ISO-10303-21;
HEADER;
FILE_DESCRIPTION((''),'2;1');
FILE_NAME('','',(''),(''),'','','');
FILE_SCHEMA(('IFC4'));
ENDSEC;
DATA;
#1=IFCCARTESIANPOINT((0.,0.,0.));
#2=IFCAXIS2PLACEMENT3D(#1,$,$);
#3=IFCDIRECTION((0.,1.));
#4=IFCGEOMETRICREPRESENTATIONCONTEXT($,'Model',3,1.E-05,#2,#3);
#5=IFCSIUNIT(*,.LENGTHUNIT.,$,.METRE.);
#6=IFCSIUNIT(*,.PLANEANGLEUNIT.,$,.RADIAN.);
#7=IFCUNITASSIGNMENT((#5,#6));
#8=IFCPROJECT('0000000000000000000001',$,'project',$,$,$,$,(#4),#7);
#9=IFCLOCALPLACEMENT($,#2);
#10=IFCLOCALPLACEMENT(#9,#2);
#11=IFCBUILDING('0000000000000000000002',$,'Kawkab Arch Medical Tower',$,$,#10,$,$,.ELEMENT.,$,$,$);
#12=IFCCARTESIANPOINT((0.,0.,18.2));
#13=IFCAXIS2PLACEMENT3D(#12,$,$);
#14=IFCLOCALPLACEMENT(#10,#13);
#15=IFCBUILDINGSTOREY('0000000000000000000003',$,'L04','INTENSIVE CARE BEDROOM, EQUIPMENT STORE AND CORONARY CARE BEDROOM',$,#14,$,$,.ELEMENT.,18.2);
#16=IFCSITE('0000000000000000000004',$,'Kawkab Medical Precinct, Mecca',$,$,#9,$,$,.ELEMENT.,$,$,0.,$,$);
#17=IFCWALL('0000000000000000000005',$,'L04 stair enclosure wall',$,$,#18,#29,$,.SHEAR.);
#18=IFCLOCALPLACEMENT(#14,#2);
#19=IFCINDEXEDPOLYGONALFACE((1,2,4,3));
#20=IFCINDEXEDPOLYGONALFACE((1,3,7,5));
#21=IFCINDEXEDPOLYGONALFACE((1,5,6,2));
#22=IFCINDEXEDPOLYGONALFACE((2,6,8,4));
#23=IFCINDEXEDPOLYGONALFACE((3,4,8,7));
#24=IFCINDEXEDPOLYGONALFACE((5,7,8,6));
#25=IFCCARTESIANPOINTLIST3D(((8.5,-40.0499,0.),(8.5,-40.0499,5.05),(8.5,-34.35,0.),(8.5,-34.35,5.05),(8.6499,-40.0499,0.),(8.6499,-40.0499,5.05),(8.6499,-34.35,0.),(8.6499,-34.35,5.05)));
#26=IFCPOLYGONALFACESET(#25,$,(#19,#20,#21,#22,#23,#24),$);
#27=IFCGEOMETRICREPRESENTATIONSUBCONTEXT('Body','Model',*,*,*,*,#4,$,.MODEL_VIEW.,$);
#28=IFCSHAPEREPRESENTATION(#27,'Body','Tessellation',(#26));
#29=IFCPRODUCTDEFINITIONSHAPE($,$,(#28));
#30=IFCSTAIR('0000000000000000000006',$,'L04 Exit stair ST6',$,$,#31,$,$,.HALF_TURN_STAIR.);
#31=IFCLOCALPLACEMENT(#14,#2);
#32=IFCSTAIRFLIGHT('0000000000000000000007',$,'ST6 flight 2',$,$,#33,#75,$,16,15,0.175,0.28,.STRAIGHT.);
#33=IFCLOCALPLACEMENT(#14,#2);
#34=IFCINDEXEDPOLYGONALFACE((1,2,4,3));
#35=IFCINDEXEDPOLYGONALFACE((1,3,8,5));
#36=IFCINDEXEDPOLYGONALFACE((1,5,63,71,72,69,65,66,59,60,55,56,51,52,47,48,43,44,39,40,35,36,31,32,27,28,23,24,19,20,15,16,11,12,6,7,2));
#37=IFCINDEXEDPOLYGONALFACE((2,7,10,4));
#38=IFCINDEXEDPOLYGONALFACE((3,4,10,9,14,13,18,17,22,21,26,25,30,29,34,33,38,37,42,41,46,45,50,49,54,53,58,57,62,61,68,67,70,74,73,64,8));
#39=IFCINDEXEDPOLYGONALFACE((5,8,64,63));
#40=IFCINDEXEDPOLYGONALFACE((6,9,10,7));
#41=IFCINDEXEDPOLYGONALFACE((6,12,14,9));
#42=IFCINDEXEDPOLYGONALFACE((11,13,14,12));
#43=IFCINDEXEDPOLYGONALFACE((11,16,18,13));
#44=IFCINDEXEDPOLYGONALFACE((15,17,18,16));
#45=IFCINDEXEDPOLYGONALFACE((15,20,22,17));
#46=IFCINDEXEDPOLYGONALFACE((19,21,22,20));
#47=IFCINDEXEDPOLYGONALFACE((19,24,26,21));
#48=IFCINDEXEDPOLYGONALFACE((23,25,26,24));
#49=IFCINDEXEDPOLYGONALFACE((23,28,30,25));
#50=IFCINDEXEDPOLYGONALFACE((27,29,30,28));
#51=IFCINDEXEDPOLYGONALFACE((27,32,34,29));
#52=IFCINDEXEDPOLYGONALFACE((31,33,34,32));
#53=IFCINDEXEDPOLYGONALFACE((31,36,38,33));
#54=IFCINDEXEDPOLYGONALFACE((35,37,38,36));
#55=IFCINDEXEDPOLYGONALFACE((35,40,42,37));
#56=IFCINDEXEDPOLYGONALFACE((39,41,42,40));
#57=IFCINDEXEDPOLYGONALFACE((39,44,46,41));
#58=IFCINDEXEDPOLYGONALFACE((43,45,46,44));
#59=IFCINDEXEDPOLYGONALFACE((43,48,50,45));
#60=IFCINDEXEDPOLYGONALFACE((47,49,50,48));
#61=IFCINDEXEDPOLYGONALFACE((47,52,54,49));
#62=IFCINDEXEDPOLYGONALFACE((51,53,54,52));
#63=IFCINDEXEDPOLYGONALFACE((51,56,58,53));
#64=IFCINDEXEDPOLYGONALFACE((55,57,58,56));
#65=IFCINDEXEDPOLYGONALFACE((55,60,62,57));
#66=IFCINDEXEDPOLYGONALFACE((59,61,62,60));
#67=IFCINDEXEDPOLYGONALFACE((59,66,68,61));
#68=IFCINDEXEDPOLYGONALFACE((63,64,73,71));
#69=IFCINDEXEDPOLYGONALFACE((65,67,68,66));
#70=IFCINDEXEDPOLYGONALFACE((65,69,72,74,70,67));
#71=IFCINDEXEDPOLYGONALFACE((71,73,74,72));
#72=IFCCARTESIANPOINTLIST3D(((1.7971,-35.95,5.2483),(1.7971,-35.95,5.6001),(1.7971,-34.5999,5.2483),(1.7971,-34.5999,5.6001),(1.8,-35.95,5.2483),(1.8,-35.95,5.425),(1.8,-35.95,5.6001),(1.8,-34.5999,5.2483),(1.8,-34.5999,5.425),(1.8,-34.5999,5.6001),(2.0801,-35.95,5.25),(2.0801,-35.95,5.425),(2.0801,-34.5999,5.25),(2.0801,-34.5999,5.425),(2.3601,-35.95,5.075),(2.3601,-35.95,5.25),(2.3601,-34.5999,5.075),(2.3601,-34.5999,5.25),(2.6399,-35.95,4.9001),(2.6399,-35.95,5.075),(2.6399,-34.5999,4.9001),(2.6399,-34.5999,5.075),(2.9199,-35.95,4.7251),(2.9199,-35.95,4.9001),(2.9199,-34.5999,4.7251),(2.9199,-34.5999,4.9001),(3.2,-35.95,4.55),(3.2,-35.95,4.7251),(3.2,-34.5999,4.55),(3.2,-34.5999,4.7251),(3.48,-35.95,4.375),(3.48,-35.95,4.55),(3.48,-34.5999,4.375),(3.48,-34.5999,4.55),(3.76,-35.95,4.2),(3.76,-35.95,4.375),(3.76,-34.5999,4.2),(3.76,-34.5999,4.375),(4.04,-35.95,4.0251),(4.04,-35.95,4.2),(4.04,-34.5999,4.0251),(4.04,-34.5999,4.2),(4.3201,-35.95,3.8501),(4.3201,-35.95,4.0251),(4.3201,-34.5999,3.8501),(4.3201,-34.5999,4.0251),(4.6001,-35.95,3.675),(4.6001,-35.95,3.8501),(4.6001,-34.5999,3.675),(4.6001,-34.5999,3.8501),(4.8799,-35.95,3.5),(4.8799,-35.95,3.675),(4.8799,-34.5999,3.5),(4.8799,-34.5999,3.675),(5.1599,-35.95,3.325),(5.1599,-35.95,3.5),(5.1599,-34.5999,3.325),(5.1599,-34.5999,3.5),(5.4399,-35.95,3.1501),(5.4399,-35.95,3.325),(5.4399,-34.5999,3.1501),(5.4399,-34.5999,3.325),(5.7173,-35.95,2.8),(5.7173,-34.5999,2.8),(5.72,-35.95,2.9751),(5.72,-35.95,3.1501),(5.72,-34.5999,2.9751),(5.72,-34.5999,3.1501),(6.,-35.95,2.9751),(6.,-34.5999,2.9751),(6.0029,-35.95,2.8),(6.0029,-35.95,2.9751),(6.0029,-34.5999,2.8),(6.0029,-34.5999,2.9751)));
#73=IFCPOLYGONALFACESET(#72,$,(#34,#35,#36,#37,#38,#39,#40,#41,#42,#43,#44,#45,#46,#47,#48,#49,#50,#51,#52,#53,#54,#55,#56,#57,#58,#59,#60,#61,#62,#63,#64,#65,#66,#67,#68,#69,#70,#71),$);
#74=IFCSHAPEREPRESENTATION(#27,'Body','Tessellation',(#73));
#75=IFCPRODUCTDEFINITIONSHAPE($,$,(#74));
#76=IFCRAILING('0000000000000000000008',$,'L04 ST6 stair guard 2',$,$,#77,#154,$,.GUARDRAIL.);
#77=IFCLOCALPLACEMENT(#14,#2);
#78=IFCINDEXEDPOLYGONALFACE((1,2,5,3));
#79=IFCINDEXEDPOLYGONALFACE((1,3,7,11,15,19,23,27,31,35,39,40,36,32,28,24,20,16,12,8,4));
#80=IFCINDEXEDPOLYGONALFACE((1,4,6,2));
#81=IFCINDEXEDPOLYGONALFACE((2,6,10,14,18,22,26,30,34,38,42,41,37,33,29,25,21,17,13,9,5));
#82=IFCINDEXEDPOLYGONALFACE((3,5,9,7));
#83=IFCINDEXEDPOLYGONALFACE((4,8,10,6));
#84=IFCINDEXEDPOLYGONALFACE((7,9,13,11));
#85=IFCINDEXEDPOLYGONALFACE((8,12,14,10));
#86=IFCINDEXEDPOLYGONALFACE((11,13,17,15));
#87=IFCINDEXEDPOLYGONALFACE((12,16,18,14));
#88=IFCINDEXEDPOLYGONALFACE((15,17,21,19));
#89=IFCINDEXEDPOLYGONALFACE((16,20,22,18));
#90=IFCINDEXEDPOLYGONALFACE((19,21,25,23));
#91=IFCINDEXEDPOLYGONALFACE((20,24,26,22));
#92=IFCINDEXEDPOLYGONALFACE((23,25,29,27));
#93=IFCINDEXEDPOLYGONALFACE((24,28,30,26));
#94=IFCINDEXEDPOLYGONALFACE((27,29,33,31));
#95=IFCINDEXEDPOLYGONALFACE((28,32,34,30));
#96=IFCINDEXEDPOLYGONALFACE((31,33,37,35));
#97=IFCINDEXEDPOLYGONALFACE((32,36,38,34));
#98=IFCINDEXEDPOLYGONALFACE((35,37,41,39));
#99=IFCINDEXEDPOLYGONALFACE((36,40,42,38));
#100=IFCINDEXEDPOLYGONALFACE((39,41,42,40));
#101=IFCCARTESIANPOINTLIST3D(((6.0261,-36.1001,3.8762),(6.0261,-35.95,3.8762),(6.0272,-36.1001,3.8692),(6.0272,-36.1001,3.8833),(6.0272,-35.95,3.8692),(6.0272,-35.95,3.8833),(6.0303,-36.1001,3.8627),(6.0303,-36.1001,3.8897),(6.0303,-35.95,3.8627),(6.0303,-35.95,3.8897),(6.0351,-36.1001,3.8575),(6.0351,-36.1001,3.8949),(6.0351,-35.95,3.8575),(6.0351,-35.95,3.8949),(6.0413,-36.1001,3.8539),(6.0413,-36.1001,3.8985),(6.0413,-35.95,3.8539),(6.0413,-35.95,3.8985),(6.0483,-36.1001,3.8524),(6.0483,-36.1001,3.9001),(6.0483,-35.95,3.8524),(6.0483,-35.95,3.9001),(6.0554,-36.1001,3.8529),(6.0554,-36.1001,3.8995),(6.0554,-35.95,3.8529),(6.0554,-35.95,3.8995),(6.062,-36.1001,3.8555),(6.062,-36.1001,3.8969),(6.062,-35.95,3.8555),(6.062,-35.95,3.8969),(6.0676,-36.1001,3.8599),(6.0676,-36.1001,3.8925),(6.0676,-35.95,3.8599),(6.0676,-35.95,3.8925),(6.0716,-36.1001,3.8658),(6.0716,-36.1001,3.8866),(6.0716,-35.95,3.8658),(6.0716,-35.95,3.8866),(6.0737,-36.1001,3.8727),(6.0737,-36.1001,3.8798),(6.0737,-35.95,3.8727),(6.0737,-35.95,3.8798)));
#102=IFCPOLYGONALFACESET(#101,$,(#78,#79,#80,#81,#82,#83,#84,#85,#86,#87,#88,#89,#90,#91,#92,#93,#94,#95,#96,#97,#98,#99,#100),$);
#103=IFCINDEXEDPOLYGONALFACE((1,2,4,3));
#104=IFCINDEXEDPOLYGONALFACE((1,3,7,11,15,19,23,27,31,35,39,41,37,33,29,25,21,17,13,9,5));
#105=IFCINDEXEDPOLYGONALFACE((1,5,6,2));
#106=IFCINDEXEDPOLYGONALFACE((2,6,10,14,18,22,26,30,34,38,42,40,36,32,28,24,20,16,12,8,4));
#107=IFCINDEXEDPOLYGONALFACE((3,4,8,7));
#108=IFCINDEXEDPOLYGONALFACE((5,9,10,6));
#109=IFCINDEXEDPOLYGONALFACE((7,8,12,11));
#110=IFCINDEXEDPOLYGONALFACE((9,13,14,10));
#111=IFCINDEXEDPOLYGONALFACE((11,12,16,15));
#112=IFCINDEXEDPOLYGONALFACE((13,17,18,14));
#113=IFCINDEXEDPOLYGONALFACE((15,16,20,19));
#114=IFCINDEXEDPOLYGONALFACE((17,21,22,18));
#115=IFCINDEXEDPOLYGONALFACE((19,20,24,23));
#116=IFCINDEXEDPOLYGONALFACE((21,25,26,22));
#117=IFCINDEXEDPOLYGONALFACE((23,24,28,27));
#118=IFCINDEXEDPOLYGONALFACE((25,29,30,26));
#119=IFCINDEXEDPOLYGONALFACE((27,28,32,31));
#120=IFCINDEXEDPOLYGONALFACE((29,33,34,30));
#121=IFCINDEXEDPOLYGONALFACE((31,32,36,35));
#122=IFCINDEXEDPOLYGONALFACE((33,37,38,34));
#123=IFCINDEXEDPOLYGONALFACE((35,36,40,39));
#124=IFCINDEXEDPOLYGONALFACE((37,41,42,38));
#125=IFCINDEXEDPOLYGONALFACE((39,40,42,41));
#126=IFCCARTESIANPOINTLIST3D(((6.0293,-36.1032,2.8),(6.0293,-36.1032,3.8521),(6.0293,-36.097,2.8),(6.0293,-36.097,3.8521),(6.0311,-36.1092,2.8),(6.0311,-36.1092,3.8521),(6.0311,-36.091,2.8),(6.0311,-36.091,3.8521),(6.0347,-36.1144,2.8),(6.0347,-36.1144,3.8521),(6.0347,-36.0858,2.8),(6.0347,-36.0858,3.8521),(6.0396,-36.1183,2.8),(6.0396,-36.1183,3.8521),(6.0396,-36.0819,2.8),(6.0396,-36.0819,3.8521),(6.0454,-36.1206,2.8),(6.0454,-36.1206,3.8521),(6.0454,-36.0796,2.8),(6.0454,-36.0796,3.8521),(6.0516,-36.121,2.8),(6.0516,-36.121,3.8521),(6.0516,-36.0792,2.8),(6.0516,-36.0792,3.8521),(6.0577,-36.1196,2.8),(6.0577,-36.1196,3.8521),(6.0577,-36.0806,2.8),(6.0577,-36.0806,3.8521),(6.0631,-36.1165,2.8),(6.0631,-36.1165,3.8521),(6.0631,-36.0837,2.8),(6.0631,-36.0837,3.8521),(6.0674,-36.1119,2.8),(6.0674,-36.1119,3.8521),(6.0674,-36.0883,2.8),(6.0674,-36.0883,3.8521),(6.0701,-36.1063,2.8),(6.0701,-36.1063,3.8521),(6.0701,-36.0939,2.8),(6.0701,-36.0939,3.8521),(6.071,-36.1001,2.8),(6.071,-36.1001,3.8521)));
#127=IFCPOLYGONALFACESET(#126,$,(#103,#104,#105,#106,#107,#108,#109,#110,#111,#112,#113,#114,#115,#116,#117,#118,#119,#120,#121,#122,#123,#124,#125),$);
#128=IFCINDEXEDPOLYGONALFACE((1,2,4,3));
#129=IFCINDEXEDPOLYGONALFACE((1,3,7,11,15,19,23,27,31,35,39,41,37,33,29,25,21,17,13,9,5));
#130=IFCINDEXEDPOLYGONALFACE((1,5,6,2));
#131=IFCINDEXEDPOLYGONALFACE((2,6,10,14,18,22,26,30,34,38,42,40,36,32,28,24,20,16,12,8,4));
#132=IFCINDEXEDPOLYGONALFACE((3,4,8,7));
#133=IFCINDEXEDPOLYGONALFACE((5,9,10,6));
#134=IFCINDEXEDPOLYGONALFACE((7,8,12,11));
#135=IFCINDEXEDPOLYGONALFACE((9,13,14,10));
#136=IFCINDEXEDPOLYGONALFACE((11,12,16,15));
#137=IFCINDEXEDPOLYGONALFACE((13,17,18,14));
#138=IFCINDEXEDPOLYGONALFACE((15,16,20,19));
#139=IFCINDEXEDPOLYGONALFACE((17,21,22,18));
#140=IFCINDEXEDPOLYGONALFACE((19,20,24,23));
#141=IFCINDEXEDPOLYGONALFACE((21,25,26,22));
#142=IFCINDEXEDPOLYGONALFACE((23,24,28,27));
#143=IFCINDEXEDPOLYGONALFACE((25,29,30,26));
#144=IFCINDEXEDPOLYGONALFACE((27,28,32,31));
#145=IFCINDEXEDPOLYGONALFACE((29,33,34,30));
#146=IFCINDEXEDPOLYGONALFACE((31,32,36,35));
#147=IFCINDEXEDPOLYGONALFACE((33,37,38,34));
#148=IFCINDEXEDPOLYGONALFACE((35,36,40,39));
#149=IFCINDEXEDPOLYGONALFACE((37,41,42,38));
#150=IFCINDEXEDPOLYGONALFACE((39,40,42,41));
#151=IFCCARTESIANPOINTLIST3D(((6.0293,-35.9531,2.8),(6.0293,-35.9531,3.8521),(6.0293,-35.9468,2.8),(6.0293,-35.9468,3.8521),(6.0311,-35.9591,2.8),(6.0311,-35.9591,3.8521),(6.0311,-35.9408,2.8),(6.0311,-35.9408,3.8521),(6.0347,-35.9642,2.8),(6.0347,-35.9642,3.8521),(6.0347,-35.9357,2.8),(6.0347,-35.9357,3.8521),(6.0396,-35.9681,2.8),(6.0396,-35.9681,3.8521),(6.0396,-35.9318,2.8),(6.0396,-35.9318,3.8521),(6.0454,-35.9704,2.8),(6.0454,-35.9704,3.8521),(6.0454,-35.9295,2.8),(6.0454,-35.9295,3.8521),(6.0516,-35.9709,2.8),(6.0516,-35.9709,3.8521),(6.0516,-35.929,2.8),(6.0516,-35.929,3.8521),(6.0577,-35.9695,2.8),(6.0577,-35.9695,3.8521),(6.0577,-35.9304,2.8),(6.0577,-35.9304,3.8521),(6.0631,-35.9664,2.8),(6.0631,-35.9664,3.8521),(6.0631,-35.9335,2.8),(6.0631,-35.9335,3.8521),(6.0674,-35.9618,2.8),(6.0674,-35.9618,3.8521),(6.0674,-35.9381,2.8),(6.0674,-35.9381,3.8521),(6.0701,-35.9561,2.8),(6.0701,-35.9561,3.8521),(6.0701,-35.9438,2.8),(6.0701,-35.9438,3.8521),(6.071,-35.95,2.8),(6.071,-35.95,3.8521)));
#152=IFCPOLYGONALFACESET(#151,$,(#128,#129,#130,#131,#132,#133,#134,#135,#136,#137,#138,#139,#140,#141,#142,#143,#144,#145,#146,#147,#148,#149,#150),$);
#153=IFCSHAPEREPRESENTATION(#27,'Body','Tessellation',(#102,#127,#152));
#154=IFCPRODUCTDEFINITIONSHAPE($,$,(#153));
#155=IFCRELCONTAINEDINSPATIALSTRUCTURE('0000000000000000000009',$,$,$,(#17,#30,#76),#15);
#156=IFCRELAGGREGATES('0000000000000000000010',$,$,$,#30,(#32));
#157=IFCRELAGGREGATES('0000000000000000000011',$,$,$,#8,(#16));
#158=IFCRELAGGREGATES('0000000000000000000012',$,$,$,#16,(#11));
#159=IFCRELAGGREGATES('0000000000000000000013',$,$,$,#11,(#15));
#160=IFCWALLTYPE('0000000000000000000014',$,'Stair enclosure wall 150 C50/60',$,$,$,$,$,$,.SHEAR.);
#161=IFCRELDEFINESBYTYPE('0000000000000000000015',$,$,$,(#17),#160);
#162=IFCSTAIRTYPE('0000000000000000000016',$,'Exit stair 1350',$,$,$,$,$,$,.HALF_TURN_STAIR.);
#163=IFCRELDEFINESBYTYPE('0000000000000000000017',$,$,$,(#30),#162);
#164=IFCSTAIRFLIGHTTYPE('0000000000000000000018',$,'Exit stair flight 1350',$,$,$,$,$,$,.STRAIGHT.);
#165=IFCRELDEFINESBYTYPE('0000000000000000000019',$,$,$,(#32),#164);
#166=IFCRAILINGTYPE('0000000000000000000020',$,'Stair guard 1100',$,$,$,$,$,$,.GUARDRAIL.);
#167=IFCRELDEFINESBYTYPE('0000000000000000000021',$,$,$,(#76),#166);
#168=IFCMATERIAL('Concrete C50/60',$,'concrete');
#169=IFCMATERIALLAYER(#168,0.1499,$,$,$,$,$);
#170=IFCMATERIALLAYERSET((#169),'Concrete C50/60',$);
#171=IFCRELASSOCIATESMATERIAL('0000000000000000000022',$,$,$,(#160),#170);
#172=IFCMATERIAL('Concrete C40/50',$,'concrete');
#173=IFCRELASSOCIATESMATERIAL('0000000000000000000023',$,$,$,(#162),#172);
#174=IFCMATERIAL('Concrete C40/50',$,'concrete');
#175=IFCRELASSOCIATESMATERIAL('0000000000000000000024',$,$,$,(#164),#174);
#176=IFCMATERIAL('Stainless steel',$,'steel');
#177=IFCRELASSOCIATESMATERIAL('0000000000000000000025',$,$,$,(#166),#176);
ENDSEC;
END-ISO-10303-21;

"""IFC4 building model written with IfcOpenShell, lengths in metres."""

from ifc_helpers import new_model, si_unit, direction, frame, frame_2d, origin, origin_2d, place, context, subcontext, project, spatial, polyline, rectangle, circle, outline, extrude, material, layer, layer_set, type_object, element, aggregate, save


model = new_model("IFC4")

# Units and contexts
model_context = context("Model", 3, precision=1e-05, world=origin(), true_north=direction((0.0, 1.0)))
body_context = subcontext(model_context, "Body", "Model", "MODEL_VIEW")
ifc_project = project(units=[si_unit("LENGTHUNIT", "METRE"), si_unit("PLANEANGLEUNIT", "RADIAN")], contexts=[model_context])

# Site, building, storey
site_placement = place(None, origin())
site = spatial("IfcSite", under=ifc_project, at=site_placement, Name="Kawkab Medical Precinct, Mecca", CompositionType="ELEMENT", RefElevation=0.0)
building_placement = place(site_placement, origin())
building = spatial("IfcBuilding", under=site, at=building_placement, Name="Kawkab Arch Medical Tower", CompositionType="ELEMENT")
storey_placement = place(building_placement, frame((0.0, 0.0, 18.2)))
storey = spatial("IfcBuildingStorey", under=building, at=storey_placement, Name="L04", Description="INTENSIVE CARE BEDROOM, EQUIPMENT STORE AND CORONARY CARE BEDROOM", CompositionType="ELEMENT", Elevation=18.2)

# Wall
ifc_material_1 = material(Name="Concrete C50/60", Category="concrete")
ifc_layer_1 = layer(ifc_material_1, 0.1499)
ifc_layer_set_1 = layer_set([ifc_layer_1], Name="Concrete C50/60")
wall_type_1 = type_object("IfcWallType", Name="Stair enclosure wall 150 C50/60", PredefinedType="SHEAR", material=ifc_layer_set_1)
wall_1_placement = place(storey_placement, frame((8.575, -40.05, 0.0), z_axis=(0.0, 0.0, 1.0), x_axis=(0.0, 1.0, 0.0)))
element("IfcWall", 1, at=wall_1_placement, inside=storey, type_object=wall_type_1, Name="L04 stair enclosure wall", PredefinedType="SHEAR", context=body_context, shape_type="SweptSolid", body=[
    extrude(rectangle(XDim=5.7, YDim=0.1499, at=frame_2d((2.8501, 0.0))), origin(), (0.0, 0.0, 1.0), 5.05),
])

# Stair, stair flight
ifc_material_2 = material(Name="Concrete C40/50", Category="concrete")
stair_type = type_object("IfcStairType", Name="Exit stair 1350", PredefinedType="HALF_TURN_STAIR", material=ifc_material_2)
stair_placement = place(storey_placement, origin())
stair = element("IfcStair", 2, at=stair_placement, inside=storey, type_object=stair_type, Name="L04 Exit stair ST6", PredefinedType="HALF_TURN_STAIR")
ifc_material_3 = material(Name="Concrete C40/50", Category="concrete")
stair_flight_type = type_object("IfcStairFlightType", Name="Exit stair flight 1350", PredefinedType="STRAIGHT", material=ifc_material_3)
stair_flight_placement = place(storey_placement, frame((6.0, -35.2749, 2.8), z_axis=(0.0, 0.0, 1.0), x_axis=(-1.0, 0.0, 0.0)))
stair_flight = element("IfcStairFlight", 3, at=stair_flight_placement, type_object=stair_flight_type, Name="ST6 flight 2", NumberOfRisers=16, NumberOfTreads=15, PredefinedType="STRAIGHT", RiserHeight=0.175, TreadLength=0.28, context=body_context, shape_type="SweptSolid", body=[
    extrude(outline(polyline([(-0.0029, 0.0), (-0.0029, 0.175), (0.0, 0.175), (0.28, 0.175), (0.28, 0.3501), (0.5601, 0.3501), (0.5601, 0.5249), (0.8401, 0.5249), (0.8401, 0.7), (1.1201, 0.7), (1.1201, 0.875), (1.3999, 0.875), (1.3999, 1.05), (1.6799, 1.05), (1.6799, 1.2251), (1.96, 1.2251), (1.96, 1.3999), (2.24, 1.3999), (2.24, 1.575), (2.52, 1.575), (2.52, 1.75), (2.8, 1.75), (2.8, 1.925), (3.0801, 1.925), (3.0801, 2.1001), (3.3601, 2.1001), (3.3601, 2.2749), (3.6399, 2.2749), (3.6399, 2.45), (3.9199, 2.45), (3.9199, 2.625), (4.2, 2.625), (4.2, 2.8), (4.2029, 2.8), (4.2029, 2.4482), (4.2, 2.4482), (0.2827, 0.0), (-0.0029, 0.0)])), frame((0.0, 0.675, 0.0), z_axis=(0.0, -1.0, 0.0), x_axis=(1.0, 0.0, 0.0)), (0.0, 0.0, 1.0), 1.3501),
])
aggregate(stair, [stair_flight])

# Railing
ifc_material_4 = material(Name="Stainless steel", Category="steel")
railing_type = type_object("IfcRailingType", Name="Stair guard 1100", PredefinedType="GUARDRAIL", material=ifc_material_4)
railing_1_placement = place(storey_placement, frame((6.05, -36.1001, 2.8)))
element("IfcRailing", 4, at=railing_1_placement, inside=storey, type_object=railing_type, Name="L04 ST6 stair guard 2", PredefinedType="GUARDRAIL", context=body_context, shape_type="SweptSolid", body=[
    extrude(circle(Radius=0.0239, at=origin_2d()), frame((0.0, 0.0, 1.0762), z_axis=(0.0, 1.0, 0.0), x_axis=(-1.0, 0.0, 0.0)), (0.0, 0.0, 1.0), 0.1501),
    extrude(circle(Radius=0.021, at=origin_2d()), origin(), (0.0, 0.0, 1.0), 1.052),
    extrude(circle(Radius=0.021, at=origin_2d()), frame((0.0, 0.1501, 0.0)), (0.0, 0.0, 1.0), 1.052),
])

save(model, "model.ifc")
